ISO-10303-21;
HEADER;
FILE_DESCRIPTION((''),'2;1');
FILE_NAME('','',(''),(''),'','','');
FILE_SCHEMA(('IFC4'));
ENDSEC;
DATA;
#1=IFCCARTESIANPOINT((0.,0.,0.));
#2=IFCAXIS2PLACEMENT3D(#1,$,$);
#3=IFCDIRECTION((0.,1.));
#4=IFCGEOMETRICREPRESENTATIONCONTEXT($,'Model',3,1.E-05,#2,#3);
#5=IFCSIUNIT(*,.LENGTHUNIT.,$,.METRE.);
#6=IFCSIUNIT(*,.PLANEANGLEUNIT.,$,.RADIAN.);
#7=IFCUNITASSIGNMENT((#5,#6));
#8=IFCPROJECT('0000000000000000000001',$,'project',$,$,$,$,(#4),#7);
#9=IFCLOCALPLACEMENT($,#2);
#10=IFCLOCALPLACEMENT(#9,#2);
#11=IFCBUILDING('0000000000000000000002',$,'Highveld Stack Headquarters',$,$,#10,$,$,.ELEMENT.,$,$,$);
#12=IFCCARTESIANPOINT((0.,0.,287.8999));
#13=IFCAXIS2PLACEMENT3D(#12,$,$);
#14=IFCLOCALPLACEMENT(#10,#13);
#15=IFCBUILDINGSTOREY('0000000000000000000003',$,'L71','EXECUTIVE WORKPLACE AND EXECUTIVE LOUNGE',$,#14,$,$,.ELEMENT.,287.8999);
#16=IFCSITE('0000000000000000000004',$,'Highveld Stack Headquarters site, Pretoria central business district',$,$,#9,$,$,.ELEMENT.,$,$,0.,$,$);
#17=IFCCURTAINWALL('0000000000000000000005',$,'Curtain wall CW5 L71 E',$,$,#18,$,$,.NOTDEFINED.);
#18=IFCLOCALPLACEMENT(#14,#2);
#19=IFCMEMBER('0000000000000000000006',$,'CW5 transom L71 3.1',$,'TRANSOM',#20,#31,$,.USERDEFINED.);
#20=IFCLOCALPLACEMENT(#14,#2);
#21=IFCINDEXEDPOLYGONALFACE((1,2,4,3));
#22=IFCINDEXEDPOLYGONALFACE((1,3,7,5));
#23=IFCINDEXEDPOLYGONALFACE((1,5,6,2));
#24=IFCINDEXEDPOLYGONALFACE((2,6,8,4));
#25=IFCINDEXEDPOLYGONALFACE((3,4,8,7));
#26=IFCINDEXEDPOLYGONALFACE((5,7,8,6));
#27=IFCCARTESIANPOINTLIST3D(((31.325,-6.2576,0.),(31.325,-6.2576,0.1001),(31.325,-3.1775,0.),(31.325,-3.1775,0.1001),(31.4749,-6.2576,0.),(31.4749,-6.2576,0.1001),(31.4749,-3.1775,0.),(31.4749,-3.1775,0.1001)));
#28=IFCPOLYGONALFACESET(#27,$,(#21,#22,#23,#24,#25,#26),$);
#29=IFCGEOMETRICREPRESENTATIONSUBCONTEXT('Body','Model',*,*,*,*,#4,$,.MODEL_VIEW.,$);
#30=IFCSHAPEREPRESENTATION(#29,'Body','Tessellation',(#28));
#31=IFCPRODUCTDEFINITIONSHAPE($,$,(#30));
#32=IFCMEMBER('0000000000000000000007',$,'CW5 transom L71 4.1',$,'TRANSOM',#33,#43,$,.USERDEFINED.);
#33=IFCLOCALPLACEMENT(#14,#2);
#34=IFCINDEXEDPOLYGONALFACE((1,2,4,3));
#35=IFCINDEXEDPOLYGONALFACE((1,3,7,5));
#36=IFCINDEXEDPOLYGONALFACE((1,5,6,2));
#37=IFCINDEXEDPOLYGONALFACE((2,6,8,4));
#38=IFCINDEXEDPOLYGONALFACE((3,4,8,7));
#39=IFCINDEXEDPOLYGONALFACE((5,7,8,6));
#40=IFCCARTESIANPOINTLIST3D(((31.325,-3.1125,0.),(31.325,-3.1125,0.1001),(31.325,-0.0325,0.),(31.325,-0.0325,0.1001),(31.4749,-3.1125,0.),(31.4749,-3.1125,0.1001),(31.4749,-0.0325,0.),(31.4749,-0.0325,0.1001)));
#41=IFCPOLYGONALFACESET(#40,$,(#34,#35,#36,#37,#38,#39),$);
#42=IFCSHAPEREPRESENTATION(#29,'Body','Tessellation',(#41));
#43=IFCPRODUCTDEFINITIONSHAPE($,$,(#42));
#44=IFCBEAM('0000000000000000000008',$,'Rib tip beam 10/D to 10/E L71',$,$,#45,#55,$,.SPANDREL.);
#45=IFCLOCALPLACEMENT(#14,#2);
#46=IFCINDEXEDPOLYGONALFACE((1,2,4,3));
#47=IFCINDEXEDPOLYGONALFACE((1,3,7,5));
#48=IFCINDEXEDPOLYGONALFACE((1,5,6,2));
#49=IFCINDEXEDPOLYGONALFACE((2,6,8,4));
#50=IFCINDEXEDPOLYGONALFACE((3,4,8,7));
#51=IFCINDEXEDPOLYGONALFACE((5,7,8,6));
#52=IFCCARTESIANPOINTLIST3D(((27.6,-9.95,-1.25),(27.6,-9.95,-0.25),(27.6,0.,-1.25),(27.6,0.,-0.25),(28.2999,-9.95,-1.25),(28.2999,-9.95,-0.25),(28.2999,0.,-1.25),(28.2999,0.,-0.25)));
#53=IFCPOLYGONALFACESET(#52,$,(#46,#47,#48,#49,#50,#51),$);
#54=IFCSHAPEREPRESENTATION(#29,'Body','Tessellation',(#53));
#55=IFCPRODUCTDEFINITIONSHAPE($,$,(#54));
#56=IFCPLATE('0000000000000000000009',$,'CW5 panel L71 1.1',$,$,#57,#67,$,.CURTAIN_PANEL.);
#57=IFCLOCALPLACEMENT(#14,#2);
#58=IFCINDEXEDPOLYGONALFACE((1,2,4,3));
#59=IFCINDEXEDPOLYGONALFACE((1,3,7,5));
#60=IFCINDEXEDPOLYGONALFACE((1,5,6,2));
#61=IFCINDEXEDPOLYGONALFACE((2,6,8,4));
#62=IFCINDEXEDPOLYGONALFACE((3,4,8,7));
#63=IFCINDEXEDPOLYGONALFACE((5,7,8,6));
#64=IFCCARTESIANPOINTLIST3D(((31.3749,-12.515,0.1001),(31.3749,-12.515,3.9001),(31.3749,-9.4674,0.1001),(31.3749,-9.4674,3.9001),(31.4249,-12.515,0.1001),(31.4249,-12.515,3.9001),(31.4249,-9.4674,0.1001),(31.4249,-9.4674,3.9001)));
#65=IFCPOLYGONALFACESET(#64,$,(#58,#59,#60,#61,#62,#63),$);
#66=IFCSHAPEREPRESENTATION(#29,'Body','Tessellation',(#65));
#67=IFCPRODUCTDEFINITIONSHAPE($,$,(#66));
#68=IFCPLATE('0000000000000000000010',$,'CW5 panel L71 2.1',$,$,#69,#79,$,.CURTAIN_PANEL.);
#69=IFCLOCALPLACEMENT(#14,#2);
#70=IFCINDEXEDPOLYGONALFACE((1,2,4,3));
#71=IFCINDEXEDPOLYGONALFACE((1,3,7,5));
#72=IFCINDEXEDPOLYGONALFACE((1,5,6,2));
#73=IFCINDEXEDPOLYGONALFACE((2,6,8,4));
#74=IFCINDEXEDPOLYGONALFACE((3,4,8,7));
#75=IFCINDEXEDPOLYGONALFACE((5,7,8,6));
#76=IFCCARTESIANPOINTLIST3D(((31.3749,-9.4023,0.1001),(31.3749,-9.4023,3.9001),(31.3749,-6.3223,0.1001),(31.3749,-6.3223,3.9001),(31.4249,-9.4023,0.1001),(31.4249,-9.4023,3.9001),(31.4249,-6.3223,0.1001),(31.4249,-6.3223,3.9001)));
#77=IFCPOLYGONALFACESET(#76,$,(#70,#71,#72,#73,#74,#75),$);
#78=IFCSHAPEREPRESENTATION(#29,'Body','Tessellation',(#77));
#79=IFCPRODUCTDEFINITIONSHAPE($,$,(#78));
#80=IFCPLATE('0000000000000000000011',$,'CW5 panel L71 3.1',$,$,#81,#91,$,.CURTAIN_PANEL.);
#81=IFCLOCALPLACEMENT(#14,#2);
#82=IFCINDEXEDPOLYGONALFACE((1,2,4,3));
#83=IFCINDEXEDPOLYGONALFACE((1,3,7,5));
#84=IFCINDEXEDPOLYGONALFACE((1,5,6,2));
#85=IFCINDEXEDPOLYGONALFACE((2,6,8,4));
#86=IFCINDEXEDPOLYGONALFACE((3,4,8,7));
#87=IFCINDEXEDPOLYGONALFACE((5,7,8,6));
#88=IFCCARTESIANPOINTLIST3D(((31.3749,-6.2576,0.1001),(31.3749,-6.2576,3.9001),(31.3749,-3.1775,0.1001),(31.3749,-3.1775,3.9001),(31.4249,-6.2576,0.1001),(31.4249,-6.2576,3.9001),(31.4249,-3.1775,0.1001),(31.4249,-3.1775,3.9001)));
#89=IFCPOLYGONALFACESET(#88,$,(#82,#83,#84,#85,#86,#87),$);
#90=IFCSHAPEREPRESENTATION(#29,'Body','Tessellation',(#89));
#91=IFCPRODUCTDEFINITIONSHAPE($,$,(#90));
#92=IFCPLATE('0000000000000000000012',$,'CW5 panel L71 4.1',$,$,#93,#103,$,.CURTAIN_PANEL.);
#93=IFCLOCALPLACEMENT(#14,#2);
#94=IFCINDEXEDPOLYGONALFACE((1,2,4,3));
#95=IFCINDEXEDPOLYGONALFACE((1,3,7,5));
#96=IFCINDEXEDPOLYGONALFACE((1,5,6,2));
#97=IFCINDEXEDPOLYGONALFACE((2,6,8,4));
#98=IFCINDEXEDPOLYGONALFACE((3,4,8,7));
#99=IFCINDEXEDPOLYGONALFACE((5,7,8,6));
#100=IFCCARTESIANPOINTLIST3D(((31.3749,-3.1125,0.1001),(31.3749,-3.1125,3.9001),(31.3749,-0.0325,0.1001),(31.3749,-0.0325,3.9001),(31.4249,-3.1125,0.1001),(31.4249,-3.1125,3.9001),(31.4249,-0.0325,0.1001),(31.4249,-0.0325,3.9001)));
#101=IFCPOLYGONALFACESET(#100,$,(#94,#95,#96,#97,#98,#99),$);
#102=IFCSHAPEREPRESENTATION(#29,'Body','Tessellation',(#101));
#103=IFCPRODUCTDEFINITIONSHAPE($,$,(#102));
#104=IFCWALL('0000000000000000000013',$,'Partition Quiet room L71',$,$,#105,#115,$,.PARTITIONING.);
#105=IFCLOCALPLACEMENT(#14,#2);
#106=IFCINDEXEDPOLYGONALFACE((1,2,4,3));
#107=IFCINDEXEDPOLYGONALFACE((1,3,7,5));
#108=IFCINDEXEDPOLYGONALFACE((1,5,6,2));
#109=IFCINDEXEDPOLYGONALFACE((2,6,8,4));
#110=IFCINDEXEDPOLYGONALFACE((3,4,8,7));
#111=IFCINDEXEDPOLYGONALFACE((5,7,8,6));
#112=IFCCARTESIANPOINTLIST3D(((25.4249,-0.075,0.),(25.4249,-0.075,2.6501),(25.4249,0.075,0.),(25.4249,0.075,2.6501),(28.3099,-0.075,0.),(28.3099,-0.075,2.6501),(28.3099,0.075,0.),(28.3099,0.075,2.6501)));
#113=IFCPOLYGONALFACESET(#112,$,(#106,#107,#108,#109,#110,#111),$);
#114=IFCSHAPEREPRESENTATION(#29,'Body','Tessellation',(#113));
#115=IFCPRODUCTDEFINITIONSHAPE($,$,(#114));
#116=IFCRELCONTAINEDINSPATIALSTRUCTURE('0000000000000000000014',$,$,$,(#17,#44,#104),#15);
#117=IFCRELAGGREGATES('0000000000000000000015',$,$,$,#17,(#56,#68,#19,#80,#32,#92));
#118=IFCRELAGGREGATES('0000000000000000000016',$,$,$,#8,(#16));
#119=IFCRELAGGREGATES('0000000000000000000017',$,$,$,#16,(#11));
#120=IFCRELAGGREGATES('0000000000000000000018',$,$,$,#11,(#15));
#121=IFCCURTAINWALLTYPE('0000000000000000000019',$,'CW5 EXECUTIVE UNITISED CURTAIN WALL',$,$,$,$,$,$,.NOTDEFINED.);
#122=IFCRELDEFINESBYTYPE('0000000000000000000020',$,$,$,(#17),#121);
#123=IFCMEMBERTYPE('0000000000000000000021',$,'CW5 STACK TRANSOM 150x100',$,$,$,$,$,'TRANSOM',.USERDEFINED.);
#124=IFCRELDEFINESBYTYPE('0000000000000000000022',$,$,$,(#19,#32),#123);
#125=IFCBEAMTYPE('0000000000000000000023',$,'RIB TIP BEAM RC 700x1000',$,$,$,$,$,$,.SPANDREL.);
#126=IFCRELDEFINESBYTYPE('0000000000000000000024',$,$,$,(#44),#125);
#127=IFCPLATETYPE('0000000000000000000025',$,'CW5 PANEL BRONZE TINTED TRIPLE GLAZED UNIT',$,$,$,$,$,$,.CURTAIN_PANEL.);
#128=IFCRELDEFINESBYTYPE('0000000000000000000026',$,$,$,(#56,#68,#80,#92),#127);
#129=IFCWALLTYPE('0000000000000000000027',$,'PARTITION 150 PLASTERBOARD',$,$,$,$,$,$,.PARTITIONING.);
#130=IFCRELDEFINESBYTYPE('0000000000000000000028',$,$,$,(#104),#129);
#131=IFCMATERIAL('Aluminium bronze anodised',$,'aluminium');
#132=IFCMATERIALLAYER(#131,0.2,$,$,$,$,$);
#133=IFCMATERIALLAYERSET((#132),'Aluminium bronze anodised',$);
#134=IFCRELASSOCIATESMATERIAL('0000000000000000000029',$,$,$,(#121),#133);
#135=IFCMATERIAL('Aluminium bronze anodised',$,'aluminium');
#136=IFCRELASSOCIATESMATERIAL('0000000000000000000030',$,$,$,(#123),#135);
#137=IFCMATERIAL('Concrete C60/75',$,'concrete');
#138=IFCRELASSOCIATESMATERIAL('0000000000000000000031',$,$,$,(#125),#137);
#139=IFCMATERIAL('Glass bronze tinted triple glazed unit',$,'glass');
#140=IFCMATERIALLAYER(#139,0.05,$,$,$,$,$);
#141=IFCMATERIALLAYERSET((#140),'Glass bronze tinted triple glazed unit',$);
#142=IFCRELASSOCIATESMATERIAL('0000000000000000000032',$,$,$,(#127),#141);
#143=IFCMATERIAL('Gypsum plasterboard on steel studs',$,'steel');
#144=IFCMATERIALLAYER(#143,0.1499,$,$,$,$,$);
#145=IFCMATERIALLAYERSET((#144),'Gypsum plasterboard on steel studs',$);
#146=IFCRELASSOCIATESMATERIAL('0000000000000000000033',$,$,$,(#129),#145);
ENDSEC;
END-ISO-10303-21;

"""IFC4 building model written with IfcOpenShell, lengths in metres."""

from ifc_helpers import new_model, si_unit, direction, frame, frame_2d, origin, origin_2d, place, context, subcontext, project, spatial, rectangle, extrude, material, layer, layer_set, material_profile, profile_set, type_object, element, aggregate, save


model = new_model("IFC4")

# Units and contexts
model_context = context("Model", 3, precision=1e-05, world=origin(), true_north=direction((0.0, 1.0)))
body_context = subcontext(model_context, "Body", "Model", "MODEL_VIEW")
ifc_project = project(units=[si_unit("LENGTHUNIT", "METRE"), si_unit("PLANEANGLEUNIT", "RADIAN")], contexts=[model_context])

# Site, building, storey
site_placement = place(None, origin())
site = spatial("IfcSite", under=ifc_project, at=site_placement, Name="Highveld Stack Headquarters site, Pretoria central business district", CompositionType="ELEMENT", RefElevation=0.0)
building_placement = place(site_placement, origin())
building = spatial("IfcBuilding", under=site, at=building_placement, Name="Highveld Stack Headquarters", CompositionType="ELEMENT")
storey_placement = place(building_placement, frame((0.0, 0.0, 287.8999)))
storey = spatial("IfcBuildingStorey", under=building, at=storey_placement, Name="L71", Description="EXECUTIVE WORKPLACE AND EXECUTIVE LOUNGE", CompositionType="ELEMENT", Elevation=287.8999)

# Curtain wall, members
ifc_material_1 = material(Name="Aluminium bronze anodised", Category="aluminium")
ifc_layer_1 = layer(ifc_material_1, 0.2)
ifc_layer_set_1 = layer_set([ifc_layer_1], Name="Aluminium bronze anodised")
curtain_wall_type = type_object("IfcCurtainWallType", Name="CW5 EXECUTIVE UNITISED CURTAIN WALL", PredefinedType="NOTDEFINED", material=ifc_layer_set_1)
curtain_wall_placement = place(storey_placement, origin())
curtain_wall = element("IfcCurtainWall", 1, at=curtain_wall_placement, inside=storey, type_object=curtain_wall_type, Name="Curtain wall CW5 L71 E", PredefinedType="NOTDEFINED")
ifc_material_2 = material(Name="Aluminium bronze anodised", Category="aluminium")
ifc_material_profile_1 = material_profile(ifc_material_2, rectangle(XDim=0.1499, YDim=0.1001, at=origin_2d()), Name="CW5 TRANSOM 150x100")
ifc_profile_set_1 = profile_set([ifc_material_profile_1], Name="Aluminium bronze anodised")
member_type_1 = type_object("IfcMemberType", Name="CW5 STACK TRANSOM 150x100", ElementType="TRANSOM", PredefinedType="USERDEFINED", material=ifc_profile_set_1)
member_1_placement = place(storey_placement, frame((31.3999, -6.2576, 0.05), z_axis=(0.0, 1.0, 0.0), x_axis=(-1.0, 0.0, 0.0)))
member_1 = element("IfcMember", 2, at=member_1_placement, type_object=member_type_1, Name="CW5 transom L71 3.1", ObjectType="TRANSOM", PredefinedType="USERDEFINED", context=body_context, shape_type="SweptSolid", body=[
    extrude(rectangle(XDim=0.1499, YDim=0.1001, at=origin_2d()), origin(), (0.0, 0.0, 1.0), 3.0801),
])
member_2_placement = place(storey_placement, frame((31.3999, -3.1125, 0.05), z_axis=(0.0, 1.0, 0.0), x_axis=(-1.0, 0.0, 0.0)))
member_2 = element("IfcMember", 3, at=member_2_placement, type_object=member_type_1, Name="CW5 transom L71 4.1", ObjectType="TRANSOM", PredefinedType="USERDEFINED", context=body_context, shape_type="SweptSolid", body=[
    extrude(rectangle(XDim=0.1499, YDim=0.1001, at=origin_2d()), origin(), (0.0, 0.0, 1.0), 3.0801),
])

# Beam
ifc_material_3 = material(Name="Concrete C60/75", Category="concrete")
ifc_material_profile_2 = material_profile(ifc_material_3, rectangle(XDim=0.7, YDim=1.0, at=origin_2d()), Name="RC 700x1000")
ifc_profile_set_2 = profile_set([ifc_material_profile_2], Name="Concrete C60/75")
beam_type_1 = type_object("IfcBeamType", Name="RIB TIP BEAM RC 700x1000", PredefinedType="SPANDREL", material=ifc_profile_set_2)
beam_1_placement = place(storey_placement, frame((27.95, -9.95, -0.75), z_axis=(0.0, 1.0, 0.0), x_axis=(-1.0, 0.0, 0.0)))
element("IfcBeam", 4, at=beam_1_placement, inside=storey, type_object=beam_type_1, Name="Rib tip beam 10/D to 10/E L71", PredefinedType="SPANDREL", context=body_context, shape_type="SweptSolid", body=[
    extrude(rectangle(XDim=0.7, YDim=1.0, at=origin_2d()), origin(), (0.0, 0.0, 1.0), 9.95),
])

# Plates
ifc_material_4 = material(Name="Glass bronze tinted triple glazed unit", Category="glass")
ifc_layer_2 = layer(ifc_material_4, 0.05)
ifc_layer_set_2 = layer_set([ifc_layer_2], Name="Glass bronze tinted triple glazed unit")
plate_type = type_object("IfcPlateType", Name="CW5 PANEL BRONZE TINTED TRIPLE GLAZED UNIT", PredefinedType="CURTAIN_PANEL", material=ifc_layer_set_2)
plate_1_placement = place(storey_placement, frame((31.3999, -10.9912, 0.1001), z_axis=(0.0, 0.0, 1.0), x_axis=(0.0, 1.0, 0.0)))
plate_1 = element("IfcPlate", 5, at=plate_1_placement, type_object=plate_type, Name="CW5 panel L71 1.1", PredefinedType="CURTAIN_PANEL", context=body_context, shape_type="SweptSolid", body=[
    extrude(rectangle(XDim=3.0476, YDim=0.05, at=origin_2d()), origin(), (0.0, 0.0, 1.0), 3.8),
])
plate_2_placement = place(storey_placement, frame((31.3999, -7.8623, 0.1001), z_axis=(0.0, 0.0, 1.0), x_axis=(0.0, 1.0, 0.0)))
plate_2 = element("IfcPlate", 6, at=plate_2_placement, type_object=plate_type, Name="CW5 panel L71 2.1", PredefinedType="CURTAIN_PANEL", context=body_context, shape_type="SweptSolid", body=[
    extrude(rectangle(XDim=3.0801, YDim=0.05, at=origin_2d()), origin(), (0.0, 0.0, 1.0), 3.8),
])
plate_3_placement = place(storey_placement, frame((31.3999, -4.7175, 0.1001), z_axis=(0.0, 0.0, 1.0), x_axis=(0.0, 1.0, 0.0)))
plate_3 = element("IfcPlate", 7, at=plate_3_placement, type_object=plate_type, Name="CW5 panel L71 3.1", PredefinedType="CURTAIN_PANEL", context=body_context, shape_type="SweptSolid", body=[
    extrude(rectangle(XDim=3.0801, YDim=0.05, at=origin_2d()), origin(), (0.0, 0.0, 1.0), 3.8),
])
plate_4_placement = place(storey_placement, frame((31.3999, -1.5725, 0.1001), z_axis=(0.0, 0.0, 1.0), x_axis=(0.0, 1.0, 0.0)))
plate_4 = element("IfcPlate", 8, at=plate_4_placement, type_object=plate_type, Name="CW5 panel L71 4.1", PredefinedType="CURTAIN_PANEL", context=body_context, shape_type="SweptSolid", body=[
    extrude(rectangle(XDim=3.0801, YDim=0.05, at=origin_2d()), origin(), (0.0, 0.0, 1.0), 3.8),
])
aggregate(curtain_wall, [plate_1, plate_2, member_1, plate_3, member_2, plate_4])

# Wall
ifc_material_5 = material(Name="Gypsum plasterboard on steel studs", Category="steel")
ifc_layer_3 = layer(ifc_material_5, 0.1499)
ifc_layer_set_3 = layer_set([ifc_layer_3], Name="Gypsum plasterboard on steel studs")
wall_type = type_object("IfcWallType", Name="PARTITION 150 PLASTERBOARD", PredefinedType="PARTITIONING", material=ifc_layer_set_3)
wall_placement = place(storey_placement, frame((25.425, 0.0, 0.0), z_axis=(0.0, 0.0, 1.0), x_axis=(1.0, 0.0, 0.0)))
element("IfcWall", 9, at=wall_placement, inside=storey, type_object=wall_type, Name="Partition Quiet room L71", PredefinedType="PARTITIONING", context=body_context, shape_type="SweptSolid", body=[
    extrude(rectangle(XDim=2.885, YDim=0.1499, at=frame_2d((1.4424, 0.0))), origin(), (0.0, 0.0, 1.0), 2.6501),
])

save(model, "model.ifc")
